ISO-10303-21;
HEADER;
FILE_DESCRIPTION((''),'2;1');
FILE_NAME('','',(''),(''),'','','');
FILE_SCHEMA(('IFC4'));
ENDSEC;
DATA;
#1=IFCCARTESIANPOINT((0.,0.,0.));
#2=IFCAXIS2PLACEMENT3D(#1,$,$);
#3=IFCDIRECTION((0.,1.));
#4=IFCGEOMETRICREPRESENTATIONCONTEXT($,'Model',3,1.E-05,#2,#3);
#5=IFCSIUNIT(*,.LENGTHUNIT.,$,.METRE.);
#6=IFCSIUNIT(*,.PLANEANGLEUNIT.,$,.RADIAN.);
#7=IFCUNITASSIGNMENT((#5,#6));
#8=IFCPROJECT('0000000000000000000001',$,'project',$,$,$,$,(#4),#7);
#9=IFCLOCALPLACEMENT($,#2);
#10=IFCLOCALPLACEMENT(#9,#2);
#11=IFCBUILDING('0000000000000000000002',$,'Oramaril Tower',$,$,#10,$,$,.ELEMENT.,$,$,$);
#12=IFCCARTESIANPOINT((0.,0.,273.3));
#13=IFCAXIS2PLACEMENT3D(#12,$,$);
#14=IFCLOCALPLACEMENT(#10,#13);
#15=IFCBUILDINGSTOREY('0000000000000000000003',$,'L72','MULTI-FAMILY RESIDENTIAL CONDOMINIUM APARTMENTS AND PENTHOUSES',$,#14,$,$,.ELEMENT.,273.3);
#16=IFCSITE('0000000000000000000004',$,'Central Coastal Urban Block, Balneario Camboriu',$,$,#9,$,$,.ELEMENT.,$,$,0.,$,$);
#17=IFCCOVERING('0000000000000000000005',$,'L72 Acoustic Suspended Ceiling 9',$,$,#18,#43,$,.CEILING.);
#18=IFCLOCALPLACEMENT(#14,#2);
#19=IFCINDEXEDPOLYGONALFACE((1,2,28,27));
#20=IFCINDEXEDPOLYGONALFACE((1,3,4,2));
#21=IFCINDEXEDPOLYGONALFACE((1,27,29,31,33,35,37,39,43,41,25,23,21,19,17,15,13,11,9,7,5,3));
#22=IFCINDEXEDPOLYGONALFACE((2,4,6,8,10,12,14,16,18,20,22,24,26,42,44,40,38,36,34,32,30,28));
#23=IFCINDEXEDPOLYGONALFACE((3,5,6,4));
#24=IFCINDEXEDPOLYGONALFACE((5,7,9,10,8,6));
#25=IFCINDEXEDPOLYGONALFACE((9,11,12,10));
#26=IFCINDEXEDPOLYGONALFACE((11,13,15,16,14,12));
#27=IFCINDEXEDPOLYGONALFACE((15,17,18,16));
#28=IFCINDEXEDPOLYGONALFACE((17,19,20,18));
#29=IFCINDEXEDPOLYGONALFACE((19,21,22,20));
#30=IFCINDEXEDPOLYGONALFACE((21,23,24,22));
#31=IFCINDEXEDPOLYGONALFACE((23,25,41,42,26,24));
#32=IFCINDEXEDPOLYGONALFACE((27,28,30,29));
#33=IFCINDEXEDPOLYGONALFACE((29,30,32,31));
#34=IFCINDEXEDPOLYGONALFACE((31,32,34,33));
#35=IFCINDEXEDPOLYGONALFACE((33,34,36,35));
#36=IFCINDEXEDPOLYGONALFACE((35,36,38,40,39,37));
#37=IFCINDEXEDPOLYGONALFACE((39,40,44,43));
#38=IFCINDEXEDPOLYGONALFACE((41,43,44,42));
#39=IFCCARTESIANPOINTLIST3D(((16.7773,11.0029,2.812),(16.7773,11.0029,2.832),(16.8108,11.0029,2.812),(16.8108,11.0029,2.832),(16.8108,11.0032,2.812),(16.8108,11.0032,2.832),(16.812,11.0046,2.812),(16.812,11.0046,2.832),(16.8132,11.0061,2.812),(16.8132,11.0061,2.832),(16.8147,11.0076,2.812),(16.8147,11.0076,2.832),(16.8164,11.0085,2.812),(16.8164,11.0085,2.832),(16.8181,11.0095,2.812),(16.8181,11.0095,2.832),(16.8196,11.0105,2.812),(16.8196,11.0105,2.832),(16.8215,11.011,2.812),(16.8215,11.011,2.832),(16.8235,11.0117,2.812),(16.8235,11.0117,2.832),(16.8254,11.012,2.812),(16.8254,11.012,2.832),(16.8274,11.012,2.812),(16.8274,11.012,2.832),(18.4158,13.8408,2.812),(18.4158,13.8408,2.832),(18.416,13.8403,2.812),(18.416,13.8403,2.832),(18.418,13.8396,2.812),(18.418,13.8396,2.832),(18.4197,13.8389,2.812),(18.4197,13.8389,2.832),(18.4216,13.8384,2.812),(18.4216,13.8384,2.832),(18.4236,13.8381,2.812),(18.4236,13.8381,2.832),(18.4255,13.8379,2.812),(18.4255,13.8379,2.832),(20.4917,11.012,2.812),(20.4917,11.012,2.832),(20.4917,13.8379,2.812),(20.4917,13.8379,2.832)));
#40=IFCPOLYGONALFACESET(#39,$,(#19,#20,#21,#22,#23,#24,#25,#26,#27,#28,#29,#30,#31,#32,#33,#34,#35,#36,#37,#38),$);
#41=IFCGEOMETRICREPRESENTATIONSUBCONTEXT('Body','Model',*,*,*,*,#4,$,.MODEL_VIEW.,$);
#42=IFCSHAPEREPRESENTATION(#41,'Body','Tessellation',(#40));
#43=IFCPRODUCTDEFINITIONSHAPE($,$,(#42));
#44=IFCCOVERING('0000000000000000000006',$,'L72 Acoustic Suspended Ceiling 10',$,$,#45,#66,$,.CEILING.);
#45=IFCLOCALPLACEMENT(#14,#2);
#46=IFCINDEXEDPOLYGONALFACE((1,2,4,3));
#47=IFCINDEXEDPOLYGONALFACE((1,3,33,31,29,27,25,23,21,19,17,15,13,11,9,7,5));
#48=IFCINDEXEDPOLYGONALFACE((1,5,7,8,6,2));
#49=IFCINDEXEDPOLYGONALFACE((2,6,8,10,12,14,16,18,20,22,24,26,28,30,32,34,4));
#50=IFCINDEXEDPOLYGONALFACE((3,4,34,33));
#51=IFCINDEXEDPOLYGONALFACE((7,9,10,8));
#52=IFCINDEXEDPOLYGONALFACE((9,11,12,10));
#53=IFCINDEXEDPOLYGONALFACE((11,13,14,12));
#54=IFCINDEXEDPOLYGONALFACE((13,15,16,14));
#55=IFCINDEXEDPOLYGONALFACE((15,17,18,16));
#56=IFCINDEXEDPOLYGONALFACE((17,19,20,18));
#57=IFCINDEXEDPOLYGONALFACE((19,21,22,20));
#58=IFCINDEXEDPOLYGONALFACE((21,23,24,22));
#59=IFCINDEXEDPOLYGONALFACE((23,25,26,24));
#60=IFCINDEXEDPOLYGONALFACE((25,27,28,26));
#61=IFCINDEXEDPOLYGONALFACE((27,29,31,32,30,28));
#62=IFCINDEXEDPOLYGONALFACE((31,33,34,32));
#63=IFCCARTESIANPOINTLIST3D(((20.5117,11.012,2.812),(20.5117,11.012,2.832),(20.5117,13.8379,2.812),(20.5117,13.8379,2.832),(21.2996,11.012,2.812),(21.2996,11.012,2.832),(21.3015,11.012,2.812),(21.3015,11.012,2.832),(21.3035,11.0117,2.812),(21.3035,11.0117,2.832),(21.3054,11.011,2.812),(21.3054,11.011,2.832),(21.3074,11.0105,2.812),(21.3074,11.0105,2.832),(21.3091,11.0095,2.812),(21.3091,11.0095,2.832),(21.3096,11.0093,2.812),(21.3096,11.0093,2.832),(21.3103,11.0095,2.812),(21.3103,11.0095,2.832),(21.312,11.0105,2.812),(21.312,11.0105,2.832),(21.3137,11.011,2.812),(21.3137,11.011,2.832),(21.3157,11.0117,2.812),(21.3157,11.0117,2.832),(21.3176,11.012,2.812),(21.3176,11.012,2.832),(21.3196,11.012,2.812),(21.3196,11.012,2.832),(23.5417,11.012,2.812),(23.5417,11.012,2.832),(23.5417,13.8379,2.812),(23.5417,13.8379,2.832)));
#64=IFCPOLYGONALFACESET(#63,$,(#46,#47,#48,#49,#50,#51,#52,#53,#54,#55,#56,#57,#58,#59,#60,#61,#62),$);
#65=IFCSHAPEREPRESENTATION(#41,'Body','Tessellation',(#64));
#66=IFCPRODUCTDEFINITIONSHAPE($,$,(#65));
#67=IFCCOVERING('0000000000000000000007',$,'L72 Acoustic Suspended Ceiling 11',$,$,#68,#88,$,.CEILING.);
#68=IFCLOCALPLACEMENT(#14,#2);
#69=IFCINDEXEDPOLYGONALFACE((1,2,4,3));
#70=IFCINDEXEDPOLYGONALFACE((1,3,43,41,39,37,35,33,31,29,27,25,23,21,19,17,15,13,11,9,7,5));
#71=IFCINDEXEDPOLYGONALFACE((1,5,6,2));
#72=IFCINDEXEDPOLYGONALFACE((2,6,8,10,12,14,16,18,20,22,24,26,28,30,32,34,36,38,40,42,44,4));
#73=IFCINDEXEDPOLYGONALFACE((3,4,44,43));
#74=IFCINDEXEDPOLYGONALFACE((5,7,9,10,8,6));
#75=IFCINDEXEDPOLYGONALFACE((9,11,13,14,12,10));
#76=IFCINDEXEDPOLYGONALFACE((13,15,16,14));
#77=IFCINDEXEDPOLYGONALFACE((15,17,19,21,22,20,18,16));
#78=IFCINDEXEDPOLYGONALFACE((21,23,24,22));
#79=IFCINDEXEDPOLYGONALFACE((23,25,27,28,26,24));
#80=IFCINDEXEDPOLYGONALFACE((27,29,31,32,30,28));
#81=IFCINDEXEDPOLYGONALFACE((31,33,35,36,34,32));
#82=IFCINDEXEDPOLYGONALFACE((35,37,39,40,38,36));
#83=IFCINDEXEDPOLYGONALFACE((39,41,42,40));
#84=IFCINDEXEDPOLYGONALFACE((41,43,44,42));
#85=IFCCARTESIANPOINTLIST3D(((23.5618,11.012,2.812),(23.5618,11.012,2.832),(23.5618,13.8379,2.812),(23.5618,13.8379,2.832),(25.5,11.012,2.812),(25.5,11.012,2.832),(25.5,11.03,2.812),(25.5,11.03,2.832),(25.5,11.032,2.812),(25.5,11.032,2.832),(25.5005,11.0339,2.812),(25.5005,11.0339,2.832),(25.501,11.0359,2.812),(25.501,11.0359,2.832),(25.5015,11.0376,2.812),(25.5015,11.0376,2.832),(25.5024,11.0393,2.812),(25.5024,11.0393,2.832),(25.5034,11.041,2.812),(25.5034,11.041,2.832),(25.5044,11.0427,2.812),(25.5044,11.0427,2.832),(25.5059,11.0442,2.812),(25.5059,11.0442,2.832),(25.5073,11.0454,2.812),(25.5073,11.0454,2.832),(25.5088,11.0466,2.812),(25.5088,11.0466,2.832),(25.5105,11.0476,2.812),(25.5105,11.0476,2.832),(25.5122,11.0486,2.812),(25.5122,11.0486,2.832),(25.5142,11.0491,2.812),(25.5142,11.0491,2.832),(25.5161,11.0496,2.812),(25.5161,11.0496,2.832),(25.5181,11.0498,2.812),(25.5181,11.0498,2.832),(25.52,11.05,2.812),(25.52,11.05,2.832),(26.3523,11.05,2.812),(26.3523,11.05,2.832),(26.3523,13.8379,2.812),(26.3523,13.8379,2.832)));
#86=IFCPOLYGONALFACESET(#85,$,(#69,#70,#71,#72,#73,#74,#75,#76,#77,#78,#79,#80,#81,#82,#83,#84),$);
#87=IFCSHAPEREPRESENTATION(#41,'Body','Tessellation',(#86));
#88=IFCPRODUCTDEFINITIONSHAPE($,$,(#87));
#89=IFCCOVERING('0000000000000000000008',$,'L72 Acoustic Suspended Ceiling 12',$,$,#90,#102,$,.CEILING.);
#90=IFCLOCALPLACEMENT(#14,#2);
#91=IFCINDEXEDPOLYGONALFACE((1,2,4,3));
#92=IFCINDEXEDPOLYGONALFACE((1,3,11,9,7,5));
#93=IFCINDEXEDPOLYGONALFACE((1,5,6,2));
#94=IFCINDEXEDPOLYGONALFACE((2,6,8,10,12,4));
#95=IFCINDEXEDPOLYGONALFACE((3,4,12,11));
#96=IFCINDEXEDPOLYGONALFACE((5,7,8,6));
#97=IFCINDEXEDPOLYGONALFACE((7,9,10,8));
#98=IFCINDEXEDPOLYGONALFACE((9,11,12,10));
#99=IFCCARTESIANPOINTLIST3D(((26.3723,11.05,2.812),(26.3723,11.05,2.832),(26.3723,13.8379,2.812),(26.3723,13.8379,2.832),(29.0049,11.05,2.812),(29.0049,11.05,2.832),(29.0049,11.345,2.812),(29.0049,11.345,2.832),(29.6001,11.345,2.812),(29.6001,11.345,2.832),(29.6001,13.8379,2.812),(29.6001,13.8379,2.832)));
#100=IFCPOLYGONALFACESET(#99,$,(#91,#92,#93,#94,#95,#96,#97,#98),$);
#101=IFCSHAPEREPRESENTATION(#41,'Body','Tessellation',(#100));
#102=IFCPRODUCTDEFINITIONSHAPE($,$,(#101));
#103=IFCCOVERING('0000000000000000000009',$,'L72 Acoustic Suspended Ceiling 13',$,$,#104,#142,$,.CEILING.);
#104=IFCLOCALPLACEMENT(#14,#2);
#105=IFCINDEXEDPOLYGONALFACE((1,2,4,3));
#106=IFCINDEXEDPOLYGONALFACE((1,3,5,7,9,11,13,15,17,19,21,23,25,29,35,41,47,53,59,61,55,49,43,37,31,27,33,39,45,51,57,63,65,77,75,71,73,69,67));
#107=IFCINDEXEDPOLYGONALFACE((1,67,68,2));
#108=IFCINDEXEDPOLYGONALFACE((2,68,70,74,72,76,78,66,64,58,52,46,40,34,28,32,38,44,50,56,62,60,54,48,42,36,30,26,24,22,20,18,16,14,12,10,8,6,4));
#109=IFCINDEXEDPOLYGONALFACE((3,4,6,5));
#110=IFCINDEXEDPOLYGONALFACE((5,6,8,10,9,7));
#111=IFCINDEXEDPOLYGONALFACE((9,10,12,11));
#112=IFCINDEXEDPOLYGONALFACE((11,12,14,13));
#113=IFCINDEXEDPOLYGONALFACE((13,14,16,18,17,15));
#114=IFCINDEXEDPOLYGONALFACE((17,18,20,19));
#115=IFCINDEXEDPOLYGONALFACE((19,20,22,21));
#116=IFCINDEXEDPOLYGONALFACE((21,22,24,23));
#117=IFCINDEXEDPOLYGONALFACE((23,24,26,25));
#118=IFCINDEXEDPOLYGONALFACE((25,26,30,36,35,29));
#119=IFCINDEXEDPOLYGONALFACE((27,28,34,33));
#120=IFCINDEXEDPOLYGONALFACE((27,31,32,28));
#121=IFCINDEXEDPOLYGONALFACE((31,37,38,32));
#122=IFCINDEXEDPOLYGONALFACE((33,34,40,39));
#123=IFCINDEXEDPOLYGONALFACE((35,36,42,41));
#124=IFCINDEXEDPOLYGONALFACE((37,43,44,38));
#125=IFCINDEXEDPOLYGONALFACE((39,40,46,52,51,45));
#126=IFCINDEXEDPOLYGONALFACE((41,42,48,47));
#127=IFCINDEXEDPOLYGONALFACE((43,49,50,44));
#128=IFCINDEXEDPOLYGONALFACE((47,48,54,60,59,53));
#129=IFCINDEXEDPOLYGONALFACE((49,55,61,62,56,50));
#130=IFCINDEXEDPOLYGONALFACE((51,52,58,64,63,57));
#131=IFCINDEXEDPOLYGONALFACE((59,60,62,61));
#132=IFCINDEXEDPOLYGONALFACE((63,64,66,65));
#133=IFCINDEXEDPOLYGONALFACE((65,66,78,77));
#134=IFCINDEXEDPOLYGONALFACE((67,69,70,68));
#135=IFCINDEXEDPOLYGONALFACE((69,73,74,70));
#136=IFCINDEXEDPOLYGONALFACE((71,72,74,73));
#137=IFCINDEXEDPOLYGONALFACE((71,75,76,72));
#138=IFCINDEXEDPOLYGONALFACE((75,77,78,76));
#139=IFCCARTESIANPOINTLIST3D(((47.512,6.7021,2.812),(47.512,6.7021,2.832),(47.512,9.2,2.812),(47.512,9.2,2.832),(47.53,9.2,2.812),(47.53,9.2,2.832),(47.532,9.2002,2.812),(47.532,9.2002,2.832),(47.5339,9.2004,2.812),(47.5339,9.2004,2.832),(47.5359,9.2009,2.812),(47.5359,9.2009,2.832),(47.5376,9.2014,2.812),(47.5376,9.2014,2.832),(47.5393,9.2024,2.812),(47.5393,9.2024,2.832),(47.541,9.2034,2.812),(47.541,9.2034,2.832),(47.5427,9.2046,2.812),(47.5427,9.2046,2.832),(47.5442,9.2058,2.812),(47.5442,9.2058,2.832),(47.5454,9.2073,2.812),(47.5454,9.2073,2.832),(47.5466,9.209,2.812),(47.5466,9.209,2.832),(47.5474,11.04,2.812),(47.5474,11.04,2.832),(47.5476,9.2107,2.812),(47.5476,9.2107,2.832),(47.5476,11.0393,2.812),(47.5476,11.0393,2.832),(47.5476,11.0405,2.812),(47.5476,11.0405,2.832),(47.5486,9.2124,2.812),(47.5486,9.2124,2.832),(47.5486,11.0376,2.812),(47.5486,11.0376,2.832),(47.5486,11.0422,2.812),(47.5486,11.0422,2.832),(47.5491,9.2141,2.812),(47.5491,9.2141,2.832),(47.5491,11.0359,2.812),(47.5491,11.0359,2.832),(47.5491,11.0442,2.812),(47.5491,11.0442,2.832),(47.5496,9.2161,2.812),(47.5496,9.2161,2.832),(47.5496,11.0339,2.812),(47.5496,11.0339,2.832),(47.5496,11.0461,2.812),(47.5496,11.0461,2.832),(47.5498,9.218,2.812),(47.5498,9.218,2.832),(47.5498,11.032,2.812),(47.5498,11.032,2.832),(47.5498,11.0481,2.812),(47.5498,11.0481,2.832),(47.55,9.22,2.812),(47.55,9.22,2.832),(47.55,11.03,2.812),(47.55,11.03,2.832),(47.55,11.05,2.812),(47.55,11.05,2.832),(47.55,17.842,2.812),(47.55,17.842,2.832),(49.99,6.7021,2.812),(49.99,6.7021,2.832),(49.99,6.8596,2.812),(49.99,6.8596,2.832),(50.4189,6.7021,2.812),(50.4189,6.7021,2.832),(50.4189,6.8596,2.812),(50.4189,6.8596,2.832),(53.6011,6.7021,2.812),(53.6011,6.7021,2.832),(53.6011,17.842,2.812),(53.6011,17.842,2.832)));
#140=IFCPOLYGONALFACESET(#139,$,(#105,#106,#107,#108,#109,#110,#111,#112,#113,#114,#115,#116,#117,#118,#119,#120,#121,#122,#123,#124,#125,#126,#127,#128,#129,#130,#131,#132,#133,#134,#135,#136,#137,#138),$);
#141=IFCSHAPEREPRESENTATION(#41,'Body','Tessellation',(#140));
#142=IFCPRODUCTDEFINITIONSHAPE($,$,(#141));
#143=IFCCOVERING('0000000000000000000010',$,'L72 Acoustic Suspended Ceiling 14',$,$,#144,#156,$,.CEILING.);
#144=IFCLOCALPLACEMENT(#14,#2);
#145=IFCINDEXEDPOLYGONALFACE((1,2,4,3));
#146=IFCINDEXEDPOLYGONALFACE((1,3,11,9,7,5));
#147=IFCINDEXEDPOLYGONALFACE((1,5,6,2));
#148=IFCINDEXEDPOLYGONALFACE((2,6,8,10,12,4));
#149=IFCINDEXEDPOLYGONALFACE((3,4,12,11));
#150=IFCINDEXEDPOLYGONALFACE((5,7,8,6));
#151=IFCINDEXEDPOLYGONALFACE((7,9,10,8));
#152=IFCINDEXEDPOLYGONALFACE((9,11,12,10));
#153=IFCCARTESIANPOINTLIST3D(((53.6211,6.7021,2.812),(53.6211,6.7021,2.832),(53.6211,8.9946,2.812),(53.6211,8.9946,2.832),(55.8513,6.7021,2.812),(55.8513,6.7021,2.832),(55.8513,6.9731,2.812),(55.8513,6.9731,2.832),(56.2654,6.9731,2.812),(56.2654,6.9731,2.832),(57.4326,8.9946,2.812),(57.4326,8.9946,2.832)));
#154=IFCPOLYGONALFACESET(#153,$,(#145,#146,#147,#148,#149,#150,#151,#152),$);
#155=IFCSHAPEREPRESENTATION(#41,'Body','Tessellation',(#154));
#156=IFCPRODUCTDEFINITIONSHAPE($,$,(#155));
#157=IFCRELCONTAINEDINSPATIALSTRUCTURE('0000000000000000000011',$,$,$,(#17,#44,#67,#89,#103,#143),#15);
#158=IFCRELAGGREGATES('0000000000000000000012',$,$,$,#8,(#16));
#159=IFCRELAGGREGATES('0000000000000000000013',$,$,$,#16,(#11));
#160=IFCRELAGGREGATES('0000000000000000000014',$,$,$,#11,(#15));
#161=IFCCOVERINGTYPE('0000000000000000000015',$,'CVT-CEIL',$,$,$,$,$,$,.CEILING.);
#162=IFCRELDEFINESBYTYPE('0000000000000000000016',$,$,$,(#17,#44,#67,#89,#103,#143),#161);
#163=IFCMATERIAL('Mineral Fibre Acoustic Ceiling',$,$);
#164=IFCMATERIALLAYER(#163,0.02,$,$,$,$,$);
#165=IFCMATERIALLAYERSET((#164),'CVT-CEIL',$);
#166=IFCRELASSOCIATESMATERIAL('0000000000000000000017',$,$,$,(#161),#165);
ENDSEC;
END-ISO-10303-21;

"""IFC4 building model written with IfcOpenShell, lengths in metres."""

from ifc_helpers import new_model, si_unit, direction, frame, origin, place, context, subcontext, project, spatial, polyline, outline, extrude, material, layer, layer_set, type_object, element, save


model = new_model("IFC4")

# Units and contexts
model_context = context("Model", 3, precision=1e-05, world=origin(), true_north=direction((0.0, 1.0)))
body_context = subcontext(model_context, "Body", "Model", "MODEL_VIEW")
ifc_project = project(units=[si_unit("LENGTHUNIT", "METRE"), si_unit("PLANEANGLEUNIT", "RADIAN")], contexts=[model_context])

# Site, building, storey
site_placement = place(None, origin())
site = spatial("IfcSite", under=ifc_project, at=site_placement, Name="Central Coastal Urban Block, Balneario Camboriu", CompositionType="ELEMENT", RefElevation=0.0)
building_placement = place(site_placement, origin())
building = spatial("IfcBuilding", under=site, at=building_placement, Name="Oramaril Tower", CompositionType="ELEMENT")
storey_placement = place(building_placement, frame((0.0, 0.0, 273.3)))
storey = spatial("IfcBuildingStorey", under=building, at=storey_placement, Name="L72", Description="MULTI-FAMILY RESIDENTIAL CONDOMINIUM APARTMENTS AND PENTHOUSES", CompositionType="ELEMENT", Elevation=273.3)

# Coverings
ifc_material_1 = material(Name="Mineral Fibre Acoustic Ceiling")
ifc_layer_1 = layer(ifc_material_1, 0.02)
ifc_layer_set_1 = layer_set([ifc_layer_1], Name="CVT-CEIL")
covering_type_1 = type_object("IfcCoveringType", Name="CVT-CEIL", PredefinedType="CEILING", material=ifc_layer_set_1)
covering_1_placement = place(storey_placement, frame((0.0, 0.0, 2.812)))
element("IfcCovering", 1, at=covering_1_placement, inside=storey, type_object=covering_type_1, Name="L72 Acoustic Suspended Ceiling 9", PredefinedType="CEILING", context=body_context, shape_type="SweptSolid", body=[
    extrude(outline(polyline([(20.4917, 11.012), (16.8274, 11.012), (16.8254, 11.012), (16.8235, 11.0117), (16.8215, 11.011), (16.8196, 11.0105), (16.8181, 11.0095), (16.8164, 11.0085), (16.8147, 11.0076), (16.8132, 11.0061), (16.812, 11.0046), (16.8108, 11.0032), (16.8108, 11.0029), (16.7773, 11.0029), (18.4158, 13.8408), (18.416, 13.8403), (18.418, 13.8396), (18.4197, 13.8389), (18.4216, 13.8384), (18.4236, 13.8381), (18.4255, 13.8379), (20.4917, 13.8379), (20.4917, 11.012)])), origin(), (0.0, 0.0, 1.0), 0.02),
])
covering_2_placement = place(storey_placement, frame((0.0, 0.0, 2.812)))
element("IfcCovering", 2, at=covering_2_placement, inside=storey, type_object=covering_type_1, Name="L72 Acoustic Suspended Ceiling 10", PredefinedType="CEILING", context=body_context, shape_type="SweptSolid", body=[
    extrude(outline(polyline([(23.5417, 11.012), (21.3196, 11.012), (21.3176, 11.012), (21.3157, 11.0117), (21.3137, 11.011), (21.312, 11.0105), (21.3103, 11.0095), (21.3096, 11.0093), (21.3091, 11.0095), (21.3074, 11.0105), (21.3054, 11.011), (21.3035, 11.0117), (21.3015, 11.012), (21.2996, 11.012), (20.5117, 11.012), (20.5117, 13.8379), (23.5417, 13.8379), (23.5417, 11.012)])), origin(), (0.0, 0.0, 1.0), 0.02),
])
covering_3_placement = place(storey_placement, frame((0.0, 0.0, 2.812)))
element("IfcCovering", 3, at=covering_3_placement, inside=storey, type_object=covering_type_1, Name="L72 Acoustic Suspended Ceiling 11", PredefinedType="CEILING", context=body_context, shape_type="SweptSolid", body=[
    extrude(outline(polyline([(26.3523, 11.05), (25.52, 11.05), (25.5181, 11.0498), (25.5161, 11.0496), (25.5142, 11.0491), (25.5122, 11.0486), (25.5105, 11.0476), (25.5088, 11.0466), (25.5073, 11.0454), (25.5059, 11.0442), (25.5044, 11.0427), (25.5034, 11.041), (25.5024, 11.0393), (25.5015, 11.0376), (25.501, 11.0359), (25.5005, 11.0339), (25.5, 11.032), (25.5, 11.03), (25.5, 11.012), (23.5618, 11.012), (23.5618, 13.8379), (26.3523, 13.8379), (26.3523, 11.05)])), origin(), (0.0, 0.0, 1.0), 0.02),
])
covering_4_placement = place(storey_placement, frame((0.0, 0.0, 2.812)))
element("IfcCovering", 4, at=covering_4_placement, inside=storey, type_object=covering_type_1, Name="L72 Acoustic Suspended Ceiling 12", PredefinedType="CEILING", context=body_context, shape_type="SweptSolid", body=[
    extrude(outline(polyline([(29.6001, 11.345), (29.0049, 11.345), (29.0049, 11.05), (26.3723, 11.05), (26.3723, 13.8379), (29.6001, 13.8379), (29.6001, 11.345)])), origin(), (0.0, 0.0, 1.0), 0.02),
])
covering_5_placement = place(storey_placement, frame((0.0, 0.0, 2.812)))
element("IfcCovering", 5, at=covering_5_placement, inside=storey, type_object=covering_type_1, Name="L72 Acoustic Suspended Ceiling 13", PredefinedType="CEILING", context=body_context, shape_type="SweptSolid", body=[
    extrude(outline(polyline([(53.6011, 17.842), (53.6011, 6.7021), (50.4189, 6.7021), (50.4189, 6.8596), (49.99, 6.8596), (49.99, 6.7021), (47.512, 6.7021), (47.512, 9.2), (47.53, 9.2), (47.532, 9.2002), (47.5339, 9.2004), (47.5359, 9.2009), (47.5376, 9.2014), (47.5393, 9.2024), (47.541, 9.2034), (47.5427, 9.2046), (47.5442, 9.2058), (47.5454, 9.2073), (47.5466, 9.209), (47.5476, 9.2107), (47.5486, 9.2124), (47.5491, 9.2141), (47.5496, 9.2161), (47.5498, 9.218), (47.55, 9.22), (47.55, 11.03), (47.5498, 11.032), (47.5496, 11.0339), (47.5491, 11.0359), (47.5486, 11.0376), (47.5476, 11.0393), (47.5474, 11.04), (47.5476, 11.0405), (47.5486, 11.0422), (47.5491, 11.0442), (47.5496, 11.0461), (47.5498, 11.0481), (47.55, 11.05), (47.55, 17.842), (53.6011, 17.842)])), origin(), (0.0, 0.0, 1.0), 0.02),
])
covering_6_placement = place(storey_placement, frame((0.0, 0.0, 2.812)))
element("IfcCovering", 6, at=covering_6_placement, inside=storey, type_object=covering_type_1, Name="L72 Acoustic Suspended Ceiling 14", PredefinedType="CEILING", context=body_context, shape_type="SweptSolid", body=[
    extrude(outline(polyline([(56.2654, 6.9731), (55.8513, 6.9731), (55.8513, 6.7021), (53.6211, 6.7021), (53.6211, 8.9946), (57.4326, 8.9946), (56.2654, 6.9731)])), origin(), (0.0, 0.0, 1.0), 0.02),
])

save(model, "model.ifc")
